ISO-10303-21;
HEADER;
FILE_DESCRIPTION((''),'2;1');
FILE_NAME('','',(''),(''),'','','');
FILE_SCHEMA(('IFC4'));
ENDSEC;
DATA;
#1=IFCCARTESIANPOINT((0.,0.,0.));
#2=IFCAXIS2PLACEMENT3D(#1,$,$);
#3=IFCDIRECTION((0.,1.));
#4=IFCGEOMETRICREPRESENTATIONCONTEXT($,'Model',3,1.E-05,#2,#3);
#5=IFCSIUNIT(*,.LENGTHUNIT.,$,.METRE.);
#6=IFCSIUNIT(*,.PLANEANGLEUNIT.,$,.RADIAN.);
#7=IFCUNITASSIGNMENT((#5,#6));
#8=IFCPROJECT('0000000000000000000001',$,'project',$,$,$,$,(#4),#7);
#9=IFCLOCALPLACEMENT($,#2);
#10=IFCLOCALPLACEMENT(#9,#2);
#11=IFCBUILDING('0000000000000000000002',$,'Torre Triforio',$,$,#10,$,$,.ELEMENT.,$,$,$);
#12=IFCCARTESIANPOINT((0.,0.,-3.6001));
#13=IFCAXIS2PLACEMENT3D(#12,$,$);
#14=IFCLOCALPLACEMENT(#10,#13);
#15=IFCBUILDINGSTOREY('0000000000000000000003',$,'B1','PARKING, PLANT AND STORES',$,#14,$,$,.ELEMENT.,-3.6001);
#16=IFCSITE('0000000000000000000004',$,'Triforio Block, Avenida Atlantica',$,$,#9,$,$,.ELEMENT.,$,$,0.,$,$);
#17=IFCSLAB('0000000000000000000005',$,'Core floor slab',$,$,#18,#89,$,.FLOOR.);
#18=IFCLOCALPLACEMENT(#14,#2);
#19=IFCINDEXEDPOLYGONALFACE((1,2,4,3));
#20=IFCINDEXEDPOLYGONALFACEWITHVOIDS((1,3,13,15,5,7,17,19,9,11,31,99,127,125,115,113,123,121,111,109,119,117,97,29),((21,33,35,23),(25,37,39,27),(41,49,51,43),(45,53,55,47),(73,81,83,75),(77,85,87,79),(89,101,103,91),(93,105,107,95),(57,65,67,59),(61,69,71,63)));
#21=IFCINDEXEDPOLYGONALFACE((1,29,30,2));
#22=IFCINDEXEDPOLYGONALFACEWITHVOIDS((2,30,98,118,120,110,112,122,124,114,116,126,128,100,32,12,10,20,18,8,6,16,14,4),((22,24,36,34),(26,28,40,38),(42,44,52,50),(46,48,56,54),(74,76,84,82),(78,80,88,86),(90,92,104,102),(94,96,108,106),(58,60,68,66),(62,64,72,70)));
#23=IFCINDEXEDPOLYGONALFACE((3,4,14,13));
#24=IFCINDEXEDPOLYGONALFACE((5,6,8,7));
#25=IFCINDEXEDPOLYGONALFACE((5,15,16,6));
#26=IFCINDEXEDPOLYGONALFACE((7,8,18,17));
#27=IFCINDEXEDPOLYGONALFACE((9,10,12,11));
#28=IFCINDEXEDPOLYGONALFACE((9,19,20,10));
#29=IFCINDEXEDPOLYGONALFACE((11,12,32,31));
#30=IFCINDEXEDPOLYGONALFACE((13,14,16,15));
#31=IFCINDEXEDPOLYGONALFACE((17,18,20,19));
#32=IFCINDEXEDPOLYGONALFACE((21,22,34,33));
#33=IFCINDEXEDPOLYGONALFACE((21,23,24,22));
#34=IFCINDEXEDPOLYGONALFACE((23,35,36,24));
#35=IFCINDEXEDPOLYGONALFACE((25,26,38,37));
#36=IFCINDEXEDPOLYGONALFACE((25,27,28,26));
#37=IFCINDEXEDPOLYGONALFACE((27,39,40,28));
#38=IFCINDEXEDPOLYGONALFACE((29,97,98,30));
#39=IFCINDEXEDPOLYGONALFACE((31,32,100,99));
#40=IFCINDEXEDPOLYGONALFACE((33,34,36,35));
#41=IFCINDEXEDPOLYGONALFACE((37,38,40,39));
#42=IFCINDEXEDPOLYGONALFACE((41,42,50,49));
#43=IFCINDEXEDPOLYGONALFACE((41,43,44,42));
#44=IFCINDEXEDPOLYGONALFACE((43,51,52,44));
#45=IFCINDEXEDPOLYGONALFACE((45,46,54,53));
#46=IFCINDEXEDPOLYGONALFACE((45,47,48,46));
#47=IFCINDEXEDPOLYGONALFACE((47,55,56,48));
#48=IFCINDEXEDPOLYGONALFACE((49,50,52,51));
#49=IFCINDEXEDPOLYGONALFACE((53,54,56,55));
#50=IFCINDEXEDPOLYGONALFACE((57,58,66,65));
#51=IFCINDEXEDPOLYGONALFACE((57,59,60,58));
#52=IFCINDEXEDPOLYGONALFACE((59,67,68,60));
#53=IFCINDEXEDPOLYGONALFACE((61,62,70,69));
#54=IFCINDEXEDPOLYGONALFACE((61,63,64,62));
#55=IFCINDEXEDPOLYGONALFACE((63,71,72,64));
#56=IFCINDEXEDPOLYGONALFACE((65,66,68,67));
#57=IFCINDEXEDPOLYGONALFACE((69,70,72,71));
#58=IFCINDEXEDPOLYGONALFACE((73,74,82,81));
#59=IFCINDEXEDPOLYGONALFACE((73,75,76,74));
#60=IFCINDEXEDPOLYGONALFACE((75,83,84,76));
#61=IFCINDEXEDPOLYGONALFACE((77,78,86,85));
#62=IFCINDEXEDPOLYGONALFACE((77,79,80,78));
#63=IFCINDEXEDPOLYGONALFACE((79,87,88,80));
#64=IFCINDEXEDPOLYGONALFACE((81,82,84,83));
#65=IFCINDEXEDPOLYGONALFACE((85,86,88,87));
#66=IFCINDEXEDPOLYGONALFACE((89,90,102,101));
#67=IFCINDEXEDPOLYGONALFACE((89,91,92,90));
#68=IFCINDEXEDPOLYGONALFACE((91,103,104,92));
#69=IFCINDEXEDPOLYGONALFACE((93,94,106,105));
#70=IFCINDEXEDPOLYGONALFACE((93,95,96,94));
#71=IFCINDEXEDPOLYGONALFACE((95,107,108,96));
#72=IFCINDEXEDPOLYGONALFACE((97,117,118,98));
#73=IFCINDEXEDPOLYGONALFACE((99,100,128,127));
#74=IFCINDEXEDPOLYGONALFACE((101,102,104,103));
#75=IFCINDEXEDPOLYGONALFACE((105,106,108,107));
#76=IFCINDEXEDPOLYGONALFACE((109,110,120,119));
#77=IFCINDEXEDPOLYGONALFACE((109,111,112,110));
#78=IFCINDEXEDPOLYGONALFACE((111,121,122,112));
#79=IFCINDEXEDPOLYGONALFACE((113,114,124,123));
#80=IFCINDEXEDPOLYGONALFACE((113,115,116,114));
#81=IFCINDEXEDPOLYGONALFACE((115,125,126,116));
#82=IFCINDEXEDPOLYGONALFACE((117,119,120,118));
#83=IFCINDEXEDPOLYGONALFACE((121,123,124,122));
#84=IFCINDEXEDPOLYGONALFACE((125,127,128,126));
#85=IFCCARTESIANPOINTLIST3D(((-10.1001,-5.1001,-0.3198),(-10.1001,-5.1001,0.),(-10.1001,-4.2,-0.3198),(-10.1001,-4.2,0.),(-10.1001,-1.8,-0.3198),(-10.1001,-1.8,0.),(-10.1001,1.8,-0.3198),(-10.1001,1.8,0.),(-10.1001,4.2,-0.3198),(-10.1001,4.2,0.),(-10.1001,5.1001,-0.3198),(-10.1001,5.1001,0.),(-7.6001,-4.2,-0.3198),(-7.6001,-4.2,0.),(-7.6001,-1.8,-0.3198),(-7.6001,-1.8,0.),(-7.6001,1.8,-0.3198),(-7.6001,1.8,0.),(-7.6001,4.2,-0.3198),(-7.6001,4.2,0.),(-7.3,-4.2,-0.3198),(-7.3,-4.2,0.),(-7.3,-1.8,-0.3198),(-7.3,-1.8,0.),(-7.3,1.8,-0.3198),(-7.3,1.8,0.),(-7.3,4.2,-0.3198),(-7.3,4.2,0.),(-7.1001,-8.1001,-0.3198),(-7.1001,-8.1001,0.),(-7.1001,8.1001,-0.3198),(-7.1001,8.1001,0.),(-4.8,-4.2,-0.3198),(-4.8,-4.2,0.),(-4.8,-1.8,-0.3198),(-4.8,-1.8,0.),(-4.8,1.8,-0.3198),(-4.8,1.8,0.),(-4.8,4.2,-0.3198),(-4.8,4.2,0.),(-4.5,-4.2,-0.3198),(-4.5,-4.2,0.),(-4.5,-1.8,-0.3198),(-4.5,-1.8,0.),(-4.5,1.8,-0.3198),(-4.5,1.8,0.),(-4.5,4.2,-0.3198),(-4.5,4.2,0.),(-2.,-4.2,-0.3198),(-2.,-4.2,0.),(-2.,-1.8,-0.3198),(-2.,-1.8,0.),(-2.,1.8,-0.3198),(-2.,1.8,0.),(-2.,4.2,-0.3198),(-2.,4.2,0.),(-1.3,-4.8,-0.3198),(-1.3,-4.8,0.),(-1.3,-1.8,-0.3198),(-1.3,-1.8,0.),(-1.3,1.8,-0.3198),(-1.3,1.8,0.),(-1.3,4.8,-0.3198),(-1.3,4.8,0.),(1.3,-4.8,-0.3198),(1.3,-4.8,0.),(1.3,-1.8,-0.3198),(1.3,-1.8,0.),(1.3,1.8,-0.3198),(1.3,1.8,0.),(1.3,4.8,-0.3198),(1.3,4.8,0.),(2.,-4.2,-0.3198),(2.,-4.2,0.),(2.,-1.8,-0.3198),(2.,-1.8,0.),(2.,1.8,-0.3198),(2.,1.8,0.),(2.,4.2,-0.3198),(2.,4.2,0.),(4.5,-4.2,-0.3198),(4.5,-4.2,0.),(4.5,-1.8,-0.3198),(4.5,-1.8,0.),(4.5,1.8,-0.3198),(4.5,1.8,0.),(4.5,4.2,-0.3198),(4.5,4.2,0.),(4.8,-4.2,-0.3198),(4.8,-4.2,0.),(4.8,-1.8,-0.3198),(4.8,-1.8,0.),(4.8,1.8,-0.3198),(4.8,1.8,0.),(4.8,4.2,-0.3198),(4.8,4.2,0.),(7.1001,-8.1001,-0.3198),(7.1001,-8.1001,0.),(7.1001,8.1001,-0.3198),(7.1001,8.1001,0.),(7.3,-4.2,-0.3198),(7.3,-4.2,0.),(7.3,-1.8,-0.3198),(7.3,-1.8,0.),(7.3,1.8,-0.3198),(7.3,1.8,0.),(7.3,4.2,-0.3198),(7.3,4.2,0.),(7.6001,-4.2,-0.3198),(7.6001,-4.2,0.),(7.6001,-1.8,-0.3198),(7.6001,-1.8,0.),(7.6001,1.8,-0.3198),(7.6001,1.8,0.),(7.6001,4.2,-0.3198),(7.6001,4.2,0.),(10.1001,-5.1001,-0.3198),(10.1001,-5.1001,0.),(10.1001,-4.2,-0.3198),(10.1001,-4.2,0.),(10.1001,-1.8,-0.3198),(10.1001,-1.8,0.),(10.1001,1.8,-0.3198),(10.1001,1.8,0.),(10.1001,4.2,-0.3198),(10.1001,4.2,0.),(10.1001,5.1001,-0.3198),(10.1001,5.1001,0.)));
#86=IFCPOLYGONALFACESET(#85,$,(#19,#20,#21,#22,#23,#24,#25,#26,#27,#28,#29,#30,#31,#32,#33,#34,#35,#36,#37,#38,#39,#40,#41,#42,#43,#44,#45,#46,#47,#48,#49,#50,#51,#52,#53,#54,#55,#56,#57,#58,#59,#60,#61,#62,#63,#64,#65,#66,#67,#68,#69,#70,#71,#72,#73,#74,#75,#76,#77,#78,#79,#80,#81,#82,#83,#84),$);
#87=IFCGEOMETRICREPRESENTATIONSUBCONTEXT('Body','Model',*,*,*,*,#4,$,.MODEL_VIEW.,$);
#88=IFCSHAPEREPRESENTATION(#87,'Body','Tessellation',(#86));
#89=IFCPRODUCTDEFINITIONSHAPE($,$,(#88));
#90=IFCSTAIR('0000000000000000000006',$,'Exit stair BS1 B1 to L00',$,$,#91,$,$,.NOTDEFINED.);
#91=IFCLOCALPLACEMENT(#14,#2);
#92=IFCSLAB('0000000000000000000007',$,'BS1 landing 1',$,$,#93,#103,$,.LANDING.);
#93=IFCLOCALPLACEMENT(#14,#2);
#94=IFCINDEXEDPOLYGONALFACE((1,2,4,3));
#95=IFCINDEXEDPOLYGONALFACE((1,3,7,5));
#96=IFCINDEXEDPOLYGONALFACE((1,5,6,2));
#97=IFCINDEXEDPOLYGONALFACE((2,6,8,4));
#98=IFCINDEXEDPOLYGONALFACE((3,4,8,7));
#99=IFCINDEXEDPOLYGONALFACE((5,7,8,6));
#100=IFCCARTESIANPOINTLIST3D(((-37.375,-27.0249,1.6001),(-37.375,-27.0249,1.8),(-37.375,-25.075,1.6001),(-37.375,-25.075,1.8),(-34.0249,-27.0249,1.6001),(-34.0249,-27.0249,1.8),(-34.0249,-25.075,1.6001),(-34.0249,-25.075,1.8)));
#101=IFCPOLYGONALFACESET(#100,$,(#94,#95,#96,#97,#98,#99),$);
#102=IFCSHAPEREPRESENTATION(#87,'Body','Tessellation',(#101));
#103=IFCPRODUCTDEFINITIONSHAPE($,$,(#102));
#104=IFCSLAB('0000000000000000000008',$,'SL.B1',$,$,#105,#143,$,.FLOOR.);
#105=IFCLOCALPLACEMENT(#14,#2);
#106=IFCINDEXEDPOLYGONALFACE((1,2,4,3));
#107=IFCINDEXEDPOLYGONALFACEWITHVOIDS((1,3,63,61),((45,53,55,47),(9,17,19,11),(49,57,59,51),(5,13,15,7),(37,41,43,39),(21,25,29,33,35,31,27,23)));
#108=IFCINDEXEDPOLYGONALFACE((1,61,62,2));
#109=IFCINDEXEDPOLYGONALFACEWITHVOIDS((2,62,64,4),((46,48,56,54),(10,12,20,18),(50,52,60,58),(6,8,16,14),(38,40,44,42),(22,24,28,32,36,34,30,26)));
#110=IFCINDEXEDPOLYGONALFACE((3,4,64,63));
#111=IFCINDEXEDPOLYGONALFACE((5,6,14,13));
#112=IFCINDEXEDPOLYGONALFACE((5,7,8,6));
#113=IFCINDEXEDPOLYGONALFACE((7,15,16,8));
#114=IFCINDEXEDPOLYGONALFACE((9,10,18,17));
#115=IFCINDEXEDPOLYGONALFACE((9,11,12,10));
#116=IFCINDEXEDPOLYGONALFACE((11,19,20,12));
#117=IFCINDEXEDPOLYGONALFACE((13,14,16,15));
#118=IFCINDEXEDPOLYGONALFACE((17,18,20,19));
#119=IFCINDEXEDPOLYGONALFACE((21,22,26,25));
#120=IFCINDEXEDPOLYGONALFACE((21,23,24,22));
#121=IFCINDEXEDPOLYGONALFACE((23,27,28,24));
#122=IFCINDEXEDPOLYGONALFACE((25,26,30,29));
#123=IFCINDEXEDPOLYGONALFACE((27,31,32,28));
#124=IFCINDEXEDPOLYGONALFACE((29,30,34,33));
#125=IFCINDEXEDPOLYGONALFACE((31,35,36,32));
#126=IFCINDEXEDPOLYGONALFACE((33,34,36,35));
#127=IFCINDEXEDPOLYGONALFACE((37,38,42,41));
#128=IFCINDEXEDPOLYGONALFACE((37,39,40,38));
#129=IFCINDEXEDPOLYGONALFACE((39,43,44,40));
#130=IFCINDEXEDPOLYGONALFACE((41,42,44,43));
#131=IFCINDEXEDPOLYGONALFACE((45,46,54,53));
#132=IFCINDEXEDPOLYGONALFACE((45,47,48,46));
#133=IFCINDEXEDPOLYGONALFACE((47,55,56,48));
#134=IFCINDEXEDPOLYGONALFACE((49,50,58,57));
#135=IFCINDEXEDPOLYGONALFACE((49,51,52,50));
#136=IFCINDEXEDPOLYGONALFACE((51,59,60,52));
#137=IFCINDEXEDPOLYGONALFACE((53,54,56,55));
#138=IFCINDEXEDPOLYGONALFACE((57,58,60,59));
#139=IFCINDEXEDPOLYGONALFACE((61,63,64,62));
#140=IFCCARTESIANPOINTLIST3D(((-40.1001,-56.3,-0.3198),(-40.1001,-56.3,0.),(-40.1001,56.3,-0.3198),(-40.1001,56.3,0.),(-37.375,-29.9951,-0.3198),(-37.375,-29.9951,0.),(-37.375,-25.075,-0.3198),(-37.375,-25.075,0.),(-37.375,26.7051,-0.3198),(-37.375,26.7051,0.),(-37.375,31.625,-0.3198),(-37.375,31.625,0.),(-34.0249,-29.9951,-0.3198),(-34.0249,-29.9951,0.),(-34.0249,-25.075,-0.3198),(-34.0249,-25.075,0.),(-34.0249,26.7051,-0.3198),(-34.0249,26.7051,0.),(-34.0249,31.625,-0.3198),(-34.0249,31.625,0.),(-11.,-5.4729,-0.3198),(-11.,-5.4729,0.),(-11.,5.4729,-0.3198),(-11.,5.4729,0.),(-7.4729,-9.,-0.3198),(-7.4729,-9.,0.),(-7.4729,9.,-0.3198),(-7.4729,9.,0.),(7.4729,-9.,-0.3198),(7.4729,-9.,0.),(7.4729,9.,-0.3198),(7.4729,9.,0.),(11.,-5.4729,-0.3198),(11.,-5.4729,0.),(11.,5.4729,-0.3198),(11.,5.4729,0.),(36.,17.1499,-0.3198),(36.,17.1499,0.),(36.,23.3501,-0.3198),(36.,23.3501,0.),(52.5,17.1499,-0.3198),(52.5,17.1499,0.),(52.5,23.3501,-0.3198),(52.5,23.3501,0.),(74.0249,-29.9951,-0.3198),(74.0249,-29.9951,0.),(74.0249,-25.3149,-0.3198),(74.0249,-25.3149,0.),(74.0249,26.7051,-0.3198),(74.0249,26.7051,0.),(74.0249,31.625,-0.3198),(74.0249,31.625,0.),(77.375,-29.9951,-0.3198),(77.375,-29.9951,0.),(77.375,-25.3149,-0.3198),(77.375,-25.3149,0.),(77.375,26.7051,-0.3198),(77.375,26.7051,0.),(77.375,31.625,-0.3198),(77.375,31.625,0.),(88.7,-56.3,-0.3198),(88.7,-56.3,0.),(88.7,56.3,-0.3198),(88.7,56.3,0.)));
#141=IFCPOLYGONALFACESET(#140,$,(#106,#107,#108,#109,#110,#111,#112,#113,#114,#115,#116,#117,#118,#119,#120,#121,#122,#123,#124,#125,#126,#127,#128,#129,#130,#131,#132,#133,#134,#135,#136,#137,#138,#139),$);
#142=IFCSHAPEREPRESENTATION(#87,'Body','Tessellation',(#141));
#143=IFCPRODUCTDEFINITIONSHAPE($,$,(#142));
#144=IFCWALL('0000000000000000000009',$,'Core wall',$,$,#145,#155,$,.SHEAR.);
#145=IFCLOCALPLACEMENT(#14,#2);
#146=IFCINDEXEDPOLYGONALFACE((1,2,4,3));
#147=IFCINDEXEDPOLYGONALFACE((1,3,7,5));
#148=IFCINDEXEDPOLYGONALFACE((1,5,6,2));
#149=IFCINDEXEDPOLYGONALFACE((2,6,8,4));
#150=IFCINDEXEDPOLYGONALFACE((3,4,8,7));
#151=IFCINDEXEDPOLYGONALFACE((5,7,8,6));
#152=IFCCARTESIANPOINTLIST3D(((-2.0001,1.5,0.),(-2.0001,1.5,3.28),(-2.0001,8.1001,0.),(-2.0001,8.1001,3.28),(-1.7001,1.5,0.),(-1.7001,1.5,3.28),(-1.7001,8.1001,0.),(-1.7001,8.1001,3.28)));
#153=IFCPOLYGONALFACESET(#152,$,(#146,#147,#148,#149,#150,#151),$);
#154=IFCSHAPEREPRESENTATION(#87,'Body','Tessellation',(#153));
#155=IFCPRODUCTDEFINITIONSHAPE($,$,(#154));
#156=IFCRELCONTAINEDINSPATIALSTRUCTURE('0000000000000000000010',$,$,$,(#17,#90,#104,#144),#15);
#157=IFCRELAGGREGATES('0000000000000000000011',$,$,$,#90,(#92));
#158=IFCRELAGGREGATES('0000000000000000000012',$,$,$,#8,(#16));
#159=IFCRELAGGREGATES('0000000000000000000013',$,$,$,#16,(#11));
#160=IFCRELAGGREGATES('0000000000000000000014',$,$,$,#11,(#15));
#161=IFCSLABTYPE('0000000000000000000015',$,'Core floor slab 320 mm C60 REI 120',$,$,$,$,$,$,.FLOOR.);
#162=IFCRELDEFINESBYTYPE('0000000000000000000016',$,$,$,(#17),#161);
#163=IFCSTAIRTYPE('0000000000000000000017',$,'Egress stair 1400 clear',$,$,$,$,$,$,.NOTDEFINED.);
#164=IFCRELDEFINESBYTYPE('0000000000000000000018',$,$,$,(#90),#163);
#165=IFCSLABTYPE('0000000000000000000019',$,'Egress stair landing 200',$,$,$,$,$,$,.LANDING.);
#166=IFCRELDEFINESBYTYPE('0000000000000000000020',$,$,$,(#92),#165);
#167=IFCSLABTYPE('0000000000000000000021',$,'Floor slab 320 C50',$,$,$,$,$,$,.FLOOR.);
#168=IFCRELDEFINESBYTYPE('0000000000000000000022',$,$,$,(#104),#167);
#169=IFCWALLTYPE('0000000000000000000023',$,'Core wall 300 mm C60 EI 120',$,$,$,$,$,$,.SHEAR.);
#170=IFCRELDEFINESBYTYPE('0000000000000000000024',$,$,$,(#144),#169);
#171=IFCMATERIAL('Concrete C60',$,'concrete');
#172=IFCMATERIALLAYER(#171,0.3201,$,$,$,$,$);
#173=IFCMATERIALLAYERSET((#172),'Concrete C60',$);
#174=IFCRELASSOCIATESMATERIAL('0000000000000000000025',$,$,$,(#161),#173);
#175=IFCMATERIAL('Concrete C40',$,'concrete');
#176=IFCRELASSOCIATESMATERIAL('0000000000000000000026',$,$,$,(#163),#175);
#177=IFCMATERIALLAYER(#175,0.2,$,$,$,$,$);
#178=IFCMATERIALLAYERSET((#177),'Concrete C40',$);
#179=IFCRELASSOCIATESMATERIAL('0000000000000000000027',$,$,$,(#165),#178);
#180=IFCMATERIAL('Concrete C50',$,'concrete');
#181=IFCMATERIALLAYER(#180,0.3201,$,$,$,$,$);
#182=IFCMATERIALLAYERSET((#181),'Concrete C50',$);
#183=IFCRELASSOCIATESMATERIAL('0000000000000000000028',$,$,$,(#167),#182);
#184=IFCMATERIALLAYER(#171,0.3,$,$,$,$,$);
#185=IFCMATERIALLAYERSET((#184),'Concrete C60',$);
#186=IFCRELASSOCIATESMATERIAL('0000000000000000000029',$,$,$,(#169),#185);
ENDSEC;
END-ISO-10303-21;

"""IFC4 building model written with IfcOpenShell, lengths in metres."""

from ifc_helpers import new_model, si_unit, direction, frame, frame_2d, origin, place, context, subcontext, project, spatial, polyline, rectangle, outline, extrude, material, layer, layer_set, type_object, element, aggregate, save


model = new_model("IFC4")

# Units and contexts
model_context = context("Model", 3, precision=1e-05, world=origin(), true_north=direction((0.0, 1.0)))
body_context = subcontext(model_context, "Body", "Model", "MODEL_VIEW")
ifc_project = project(units=[si_unit("LENGTHUNIT", "METRE"), si_unit("PLANEANGLEUNIT", "RADIAN")], contexts=[model_context])

# Site, building, storey
site_placement = place(None, origin())
site = spatial("IfcSite", under=ifc_project, at=site_placement, Name="Triforio Block, Avenida Atlantica", CompositionType="ELEMENT", RefElevation=0.0)
building_placement = place(site_placement, origin())
building = spatial("IfcBuilding", under=site, at=building_placement, Name="Torre Triforio", CompositionType="ELEMENT")
storey_placement = place(building_placement, frame((0.0, 0.0, -3.6001)))
storey = spatial("IfcBuildingStorey", under=building, at=storey_placement, Name="B1", Description="PARKING, PLANT AND STORES", CompositionType="ELEMENT", Elevation=-3.6001)

# Slab
ifc_material_1 = material(Name="Concrete C60", Category="concrete")
ifc_layer_1 = layer(ifc_material_1, 0.3201)
ifc_layer_set_1 = layer_set([ifc_layer_1], Name="Concrete C60")
slab_type_1 = type_object("IfcSlabType", Name="Core floor slab 320 mm C60 REI 120", PredefinedType="FLOOR", material=ifc_layer_set_1)
slab_1_placement = place(storey_placement, frame((0.0, 0.0, -0.3198)))
element("IfcSlab", 1, at=slab_1_placement, inside=storey, type_object=slab_type_1, Name="Core floor slab", PredefinedType="FLOOR", context=body_context, shape_type="SweptSolid", body=[
    extrude(outline(polyline([(10.1001, -5.1001), (7.1001, -8.1001), (-7.1001, -8.1001), (-10.1001, -5.1001), (-10.1001, -4.2), (-7.6001, -4.2), (-7.6001, -1.8), (-10.1001, -1.8), (-10.1001, 1.8), (-7.6001, 1.8), (-7.6001, 4.2), (-10.1001, 4.2), (-10.1001, 5.1001), (-7.1001, 8.1001), (7.1001, 8.1001), (10.1001, 5.1001), (10.1001, 4.2), (7.6001, 4.2), (7.6001, 1.8), (10.1001, 1.8), (10.1001, -1.8), (7.6001, -1.8), (7.6001, -4.2), (10.1001, -4.2), (10.1001, -5.1001)]), holes=[polyline([(-4.8, -1.8), (-7.3, -1.8), (-7.3, -4.2), (-4.8, -4.2), (-4.8, -1.8)]), polyline([(-2.0, -1.8), (-4.5, -1.8), (-4.5, -4.2), (-2.0, -4.2), (-2.0, -1.8)]), polyline([(-4.8, 4.2), (-7.3, 4.2), (-7.3, 1.8), (-4.8, 1.8), (-4.8, 4.2)]), polyline([(-2.0, 4.2), (-4.5, 4.2), (-4.5, 1.8), (-2.0, 1.8), (-2.0, 4.2)]), polyline([(1.3, 4.8), (-1.3, 4.8), (-1.3, 1.8), (1.3, 1.8), (1.3, 4.8)]), polyline([(-1.3, -1.8), (-1.3, -4.8), (1.3, -4.8), (1.3, -1.8), (-1.3, -1.8)]), polyline([(4.5, -1.8), (2.0, -1.8), (2.0, -4.2), (4.5, -4.2), (4.5, -1.8)]), polyline([(7.3, -1.8), (4.8, -1.8), (4.8, -4.2), (7.3, -4.2), (7.3, -1.8)]), polyline([(4.5, 4.2), (2.0, 4.2), (2.0, 1.8), (4.5, 1.8), (4.5, 4.2)]), polyline([(7.3, 4.2), (4.8, 4.2), (4.8, 1.8), (7.3, 1.8), (7.3, 4.2)])]), origin(), (0.0, 0.0, 1.0), 0.3198),
])

# Stair, slab
ifc_material_2 = material(Name="Concrete C40", Category="concrete")
stair_type = type_object("IfcStairType", Name="Egress stair 1400 clear", PredefinedType="NOTDEFINED", material=ifc_material_2)
stair_placement = place(storey_placement, origin())
stair = element("IfcStair", 2, at=stair_placement, inside=storey, type_object=stair_type, Name="Exit stair BS1 B1 to L00", PredefinedType="NOTDEFINED")
ifc_layer_2 = layer(ifc_material_2, 0.2)
ifc_layer_set_2 = layer_set([ifc_layer_2], Name="Concrete C40")
slab_type_2 = type_object("IfcSlabType", Name="Egress stair landing 200", PredefinedType="LANDING", material=ifc_layer_set_2)
slab_2_placement = place(storey_placement, frame((0.0, 0.0, 1.6001)))
slab_2 = element("IfcSlab", 3, at=slab_2_placement, type_object=slab_type_2, Name="BS1 landing 1", PredefinedType="LANDING", context=body_context, shape_type="SweptSolid", body=[
    extrude(outline(polyline([(-37.375, -27.0249), (-34.0249, -27.0249), (-34.0249, -25.075), (-37.375, -25.075), (-37.375, -27.0249)])), origin(), (0.0, 0.0, 1.0), 0.2),
])
aggregate(stair, [slab_2])

# Slab
ifc_material_3 = material(Name="Concrete C50", Category="concrete")
ifc_layer_3 = layer(ifc_material_3, 0.3201)
ifc_layer_set_3 = layer_set([ifc_layer_3], Name="Concrete C50")
slab_type_3 = type_object("IfcSlabType", Name="Floor slab 320 C50", PredefinedType="FLOOR", material=ifc_layer_set_3)
slab_3_placement = place(storey_placement, frame((0.0, 0.0, -0.3198)))
element("IfcSlab", 4, at=slab_3_placement, inside=storey, type_object=slab_type_3, Name="SL.B1", PredefinedType="FLOOR", context=body_context, shape_type="SweptSolid", body=[
    extrude(outline(polyline([(88.7, 56.3), (-40.1001, 56.3), (-40.1001, -56.3), (88.7, -56.3), (88.7, 56.3)]), holes=[polyline([(7.4729, 9.0), (11.0, 5.4729), (11.0, -5.4729), (7.4729, -9.0), (-7.4729, -9.0), (-11.0, -5.4729), (-11.0, 5.4729), (-7.4729, 9.0), (7.4729, 9.0)]), polyline([(74.0249, -25.3149), (77.375, -25.3149), (77.375, -29.9951), (74.0249, -29.9951), (74.0249, -25.3149)]), polyline([(-37.375, -25.075), (-34.0249, -25.075), (-34.0249, -29.9951), (-37.375, -29.9951), (-37.375, -25.075)]), polyline([(36.0, 23.3501), (52.5, 23.3501), (52.5, 17.1499), (36.0, 17.1499), (36.0, 23.3501)]), polyline([(-34.0249, 31.625), (-34.0249, 26.7051), (-37.375, 26.7051), (-37.375, 31.625), (-34.0249, 31.625)]), polyline([(77.375, 31.625), (77.375, 26.7051), (74.0249, 26.7051), (74.0249, 31.625), (77.375, 31.625)])]), origin(), (0.0, 0.0, 1.0), 0.3198),
])

# Wall
ifc_layer_4 = layer(ifc_material_1, 0.3)
ifc_layer_set_4 = layer_set([ifc_layer_4], Name="Concrete C60")
wall_type_1 = type_object("IfcWallType", Name="Core wall 300 mm C60 EI 120", PredefinedType="SHEAR", material=ifc_layer_set_4)
wall_1_placement = place(storey_placement, frame((-1.8501, 1.5, 0.0), z_axis=(0.0, 0.0, 1.0), x_axis=(0.0, 1.0, 0.0)))
element("IfcWall", 5, at=wall_1_placement, inside=storey, type_object=wall_type_1, Name="Core wall", PredefinedType="SHEAR", context=body_context, shape_type="SweptSolid", body=[
    extrude(rectangle(XDim=6.6001, YDim=0.3, at=frame_2d((3.3, 0.0))), origin(), (0.0, 0.0, 1.0), 3.28),
])

save(model, "model.ifc")
